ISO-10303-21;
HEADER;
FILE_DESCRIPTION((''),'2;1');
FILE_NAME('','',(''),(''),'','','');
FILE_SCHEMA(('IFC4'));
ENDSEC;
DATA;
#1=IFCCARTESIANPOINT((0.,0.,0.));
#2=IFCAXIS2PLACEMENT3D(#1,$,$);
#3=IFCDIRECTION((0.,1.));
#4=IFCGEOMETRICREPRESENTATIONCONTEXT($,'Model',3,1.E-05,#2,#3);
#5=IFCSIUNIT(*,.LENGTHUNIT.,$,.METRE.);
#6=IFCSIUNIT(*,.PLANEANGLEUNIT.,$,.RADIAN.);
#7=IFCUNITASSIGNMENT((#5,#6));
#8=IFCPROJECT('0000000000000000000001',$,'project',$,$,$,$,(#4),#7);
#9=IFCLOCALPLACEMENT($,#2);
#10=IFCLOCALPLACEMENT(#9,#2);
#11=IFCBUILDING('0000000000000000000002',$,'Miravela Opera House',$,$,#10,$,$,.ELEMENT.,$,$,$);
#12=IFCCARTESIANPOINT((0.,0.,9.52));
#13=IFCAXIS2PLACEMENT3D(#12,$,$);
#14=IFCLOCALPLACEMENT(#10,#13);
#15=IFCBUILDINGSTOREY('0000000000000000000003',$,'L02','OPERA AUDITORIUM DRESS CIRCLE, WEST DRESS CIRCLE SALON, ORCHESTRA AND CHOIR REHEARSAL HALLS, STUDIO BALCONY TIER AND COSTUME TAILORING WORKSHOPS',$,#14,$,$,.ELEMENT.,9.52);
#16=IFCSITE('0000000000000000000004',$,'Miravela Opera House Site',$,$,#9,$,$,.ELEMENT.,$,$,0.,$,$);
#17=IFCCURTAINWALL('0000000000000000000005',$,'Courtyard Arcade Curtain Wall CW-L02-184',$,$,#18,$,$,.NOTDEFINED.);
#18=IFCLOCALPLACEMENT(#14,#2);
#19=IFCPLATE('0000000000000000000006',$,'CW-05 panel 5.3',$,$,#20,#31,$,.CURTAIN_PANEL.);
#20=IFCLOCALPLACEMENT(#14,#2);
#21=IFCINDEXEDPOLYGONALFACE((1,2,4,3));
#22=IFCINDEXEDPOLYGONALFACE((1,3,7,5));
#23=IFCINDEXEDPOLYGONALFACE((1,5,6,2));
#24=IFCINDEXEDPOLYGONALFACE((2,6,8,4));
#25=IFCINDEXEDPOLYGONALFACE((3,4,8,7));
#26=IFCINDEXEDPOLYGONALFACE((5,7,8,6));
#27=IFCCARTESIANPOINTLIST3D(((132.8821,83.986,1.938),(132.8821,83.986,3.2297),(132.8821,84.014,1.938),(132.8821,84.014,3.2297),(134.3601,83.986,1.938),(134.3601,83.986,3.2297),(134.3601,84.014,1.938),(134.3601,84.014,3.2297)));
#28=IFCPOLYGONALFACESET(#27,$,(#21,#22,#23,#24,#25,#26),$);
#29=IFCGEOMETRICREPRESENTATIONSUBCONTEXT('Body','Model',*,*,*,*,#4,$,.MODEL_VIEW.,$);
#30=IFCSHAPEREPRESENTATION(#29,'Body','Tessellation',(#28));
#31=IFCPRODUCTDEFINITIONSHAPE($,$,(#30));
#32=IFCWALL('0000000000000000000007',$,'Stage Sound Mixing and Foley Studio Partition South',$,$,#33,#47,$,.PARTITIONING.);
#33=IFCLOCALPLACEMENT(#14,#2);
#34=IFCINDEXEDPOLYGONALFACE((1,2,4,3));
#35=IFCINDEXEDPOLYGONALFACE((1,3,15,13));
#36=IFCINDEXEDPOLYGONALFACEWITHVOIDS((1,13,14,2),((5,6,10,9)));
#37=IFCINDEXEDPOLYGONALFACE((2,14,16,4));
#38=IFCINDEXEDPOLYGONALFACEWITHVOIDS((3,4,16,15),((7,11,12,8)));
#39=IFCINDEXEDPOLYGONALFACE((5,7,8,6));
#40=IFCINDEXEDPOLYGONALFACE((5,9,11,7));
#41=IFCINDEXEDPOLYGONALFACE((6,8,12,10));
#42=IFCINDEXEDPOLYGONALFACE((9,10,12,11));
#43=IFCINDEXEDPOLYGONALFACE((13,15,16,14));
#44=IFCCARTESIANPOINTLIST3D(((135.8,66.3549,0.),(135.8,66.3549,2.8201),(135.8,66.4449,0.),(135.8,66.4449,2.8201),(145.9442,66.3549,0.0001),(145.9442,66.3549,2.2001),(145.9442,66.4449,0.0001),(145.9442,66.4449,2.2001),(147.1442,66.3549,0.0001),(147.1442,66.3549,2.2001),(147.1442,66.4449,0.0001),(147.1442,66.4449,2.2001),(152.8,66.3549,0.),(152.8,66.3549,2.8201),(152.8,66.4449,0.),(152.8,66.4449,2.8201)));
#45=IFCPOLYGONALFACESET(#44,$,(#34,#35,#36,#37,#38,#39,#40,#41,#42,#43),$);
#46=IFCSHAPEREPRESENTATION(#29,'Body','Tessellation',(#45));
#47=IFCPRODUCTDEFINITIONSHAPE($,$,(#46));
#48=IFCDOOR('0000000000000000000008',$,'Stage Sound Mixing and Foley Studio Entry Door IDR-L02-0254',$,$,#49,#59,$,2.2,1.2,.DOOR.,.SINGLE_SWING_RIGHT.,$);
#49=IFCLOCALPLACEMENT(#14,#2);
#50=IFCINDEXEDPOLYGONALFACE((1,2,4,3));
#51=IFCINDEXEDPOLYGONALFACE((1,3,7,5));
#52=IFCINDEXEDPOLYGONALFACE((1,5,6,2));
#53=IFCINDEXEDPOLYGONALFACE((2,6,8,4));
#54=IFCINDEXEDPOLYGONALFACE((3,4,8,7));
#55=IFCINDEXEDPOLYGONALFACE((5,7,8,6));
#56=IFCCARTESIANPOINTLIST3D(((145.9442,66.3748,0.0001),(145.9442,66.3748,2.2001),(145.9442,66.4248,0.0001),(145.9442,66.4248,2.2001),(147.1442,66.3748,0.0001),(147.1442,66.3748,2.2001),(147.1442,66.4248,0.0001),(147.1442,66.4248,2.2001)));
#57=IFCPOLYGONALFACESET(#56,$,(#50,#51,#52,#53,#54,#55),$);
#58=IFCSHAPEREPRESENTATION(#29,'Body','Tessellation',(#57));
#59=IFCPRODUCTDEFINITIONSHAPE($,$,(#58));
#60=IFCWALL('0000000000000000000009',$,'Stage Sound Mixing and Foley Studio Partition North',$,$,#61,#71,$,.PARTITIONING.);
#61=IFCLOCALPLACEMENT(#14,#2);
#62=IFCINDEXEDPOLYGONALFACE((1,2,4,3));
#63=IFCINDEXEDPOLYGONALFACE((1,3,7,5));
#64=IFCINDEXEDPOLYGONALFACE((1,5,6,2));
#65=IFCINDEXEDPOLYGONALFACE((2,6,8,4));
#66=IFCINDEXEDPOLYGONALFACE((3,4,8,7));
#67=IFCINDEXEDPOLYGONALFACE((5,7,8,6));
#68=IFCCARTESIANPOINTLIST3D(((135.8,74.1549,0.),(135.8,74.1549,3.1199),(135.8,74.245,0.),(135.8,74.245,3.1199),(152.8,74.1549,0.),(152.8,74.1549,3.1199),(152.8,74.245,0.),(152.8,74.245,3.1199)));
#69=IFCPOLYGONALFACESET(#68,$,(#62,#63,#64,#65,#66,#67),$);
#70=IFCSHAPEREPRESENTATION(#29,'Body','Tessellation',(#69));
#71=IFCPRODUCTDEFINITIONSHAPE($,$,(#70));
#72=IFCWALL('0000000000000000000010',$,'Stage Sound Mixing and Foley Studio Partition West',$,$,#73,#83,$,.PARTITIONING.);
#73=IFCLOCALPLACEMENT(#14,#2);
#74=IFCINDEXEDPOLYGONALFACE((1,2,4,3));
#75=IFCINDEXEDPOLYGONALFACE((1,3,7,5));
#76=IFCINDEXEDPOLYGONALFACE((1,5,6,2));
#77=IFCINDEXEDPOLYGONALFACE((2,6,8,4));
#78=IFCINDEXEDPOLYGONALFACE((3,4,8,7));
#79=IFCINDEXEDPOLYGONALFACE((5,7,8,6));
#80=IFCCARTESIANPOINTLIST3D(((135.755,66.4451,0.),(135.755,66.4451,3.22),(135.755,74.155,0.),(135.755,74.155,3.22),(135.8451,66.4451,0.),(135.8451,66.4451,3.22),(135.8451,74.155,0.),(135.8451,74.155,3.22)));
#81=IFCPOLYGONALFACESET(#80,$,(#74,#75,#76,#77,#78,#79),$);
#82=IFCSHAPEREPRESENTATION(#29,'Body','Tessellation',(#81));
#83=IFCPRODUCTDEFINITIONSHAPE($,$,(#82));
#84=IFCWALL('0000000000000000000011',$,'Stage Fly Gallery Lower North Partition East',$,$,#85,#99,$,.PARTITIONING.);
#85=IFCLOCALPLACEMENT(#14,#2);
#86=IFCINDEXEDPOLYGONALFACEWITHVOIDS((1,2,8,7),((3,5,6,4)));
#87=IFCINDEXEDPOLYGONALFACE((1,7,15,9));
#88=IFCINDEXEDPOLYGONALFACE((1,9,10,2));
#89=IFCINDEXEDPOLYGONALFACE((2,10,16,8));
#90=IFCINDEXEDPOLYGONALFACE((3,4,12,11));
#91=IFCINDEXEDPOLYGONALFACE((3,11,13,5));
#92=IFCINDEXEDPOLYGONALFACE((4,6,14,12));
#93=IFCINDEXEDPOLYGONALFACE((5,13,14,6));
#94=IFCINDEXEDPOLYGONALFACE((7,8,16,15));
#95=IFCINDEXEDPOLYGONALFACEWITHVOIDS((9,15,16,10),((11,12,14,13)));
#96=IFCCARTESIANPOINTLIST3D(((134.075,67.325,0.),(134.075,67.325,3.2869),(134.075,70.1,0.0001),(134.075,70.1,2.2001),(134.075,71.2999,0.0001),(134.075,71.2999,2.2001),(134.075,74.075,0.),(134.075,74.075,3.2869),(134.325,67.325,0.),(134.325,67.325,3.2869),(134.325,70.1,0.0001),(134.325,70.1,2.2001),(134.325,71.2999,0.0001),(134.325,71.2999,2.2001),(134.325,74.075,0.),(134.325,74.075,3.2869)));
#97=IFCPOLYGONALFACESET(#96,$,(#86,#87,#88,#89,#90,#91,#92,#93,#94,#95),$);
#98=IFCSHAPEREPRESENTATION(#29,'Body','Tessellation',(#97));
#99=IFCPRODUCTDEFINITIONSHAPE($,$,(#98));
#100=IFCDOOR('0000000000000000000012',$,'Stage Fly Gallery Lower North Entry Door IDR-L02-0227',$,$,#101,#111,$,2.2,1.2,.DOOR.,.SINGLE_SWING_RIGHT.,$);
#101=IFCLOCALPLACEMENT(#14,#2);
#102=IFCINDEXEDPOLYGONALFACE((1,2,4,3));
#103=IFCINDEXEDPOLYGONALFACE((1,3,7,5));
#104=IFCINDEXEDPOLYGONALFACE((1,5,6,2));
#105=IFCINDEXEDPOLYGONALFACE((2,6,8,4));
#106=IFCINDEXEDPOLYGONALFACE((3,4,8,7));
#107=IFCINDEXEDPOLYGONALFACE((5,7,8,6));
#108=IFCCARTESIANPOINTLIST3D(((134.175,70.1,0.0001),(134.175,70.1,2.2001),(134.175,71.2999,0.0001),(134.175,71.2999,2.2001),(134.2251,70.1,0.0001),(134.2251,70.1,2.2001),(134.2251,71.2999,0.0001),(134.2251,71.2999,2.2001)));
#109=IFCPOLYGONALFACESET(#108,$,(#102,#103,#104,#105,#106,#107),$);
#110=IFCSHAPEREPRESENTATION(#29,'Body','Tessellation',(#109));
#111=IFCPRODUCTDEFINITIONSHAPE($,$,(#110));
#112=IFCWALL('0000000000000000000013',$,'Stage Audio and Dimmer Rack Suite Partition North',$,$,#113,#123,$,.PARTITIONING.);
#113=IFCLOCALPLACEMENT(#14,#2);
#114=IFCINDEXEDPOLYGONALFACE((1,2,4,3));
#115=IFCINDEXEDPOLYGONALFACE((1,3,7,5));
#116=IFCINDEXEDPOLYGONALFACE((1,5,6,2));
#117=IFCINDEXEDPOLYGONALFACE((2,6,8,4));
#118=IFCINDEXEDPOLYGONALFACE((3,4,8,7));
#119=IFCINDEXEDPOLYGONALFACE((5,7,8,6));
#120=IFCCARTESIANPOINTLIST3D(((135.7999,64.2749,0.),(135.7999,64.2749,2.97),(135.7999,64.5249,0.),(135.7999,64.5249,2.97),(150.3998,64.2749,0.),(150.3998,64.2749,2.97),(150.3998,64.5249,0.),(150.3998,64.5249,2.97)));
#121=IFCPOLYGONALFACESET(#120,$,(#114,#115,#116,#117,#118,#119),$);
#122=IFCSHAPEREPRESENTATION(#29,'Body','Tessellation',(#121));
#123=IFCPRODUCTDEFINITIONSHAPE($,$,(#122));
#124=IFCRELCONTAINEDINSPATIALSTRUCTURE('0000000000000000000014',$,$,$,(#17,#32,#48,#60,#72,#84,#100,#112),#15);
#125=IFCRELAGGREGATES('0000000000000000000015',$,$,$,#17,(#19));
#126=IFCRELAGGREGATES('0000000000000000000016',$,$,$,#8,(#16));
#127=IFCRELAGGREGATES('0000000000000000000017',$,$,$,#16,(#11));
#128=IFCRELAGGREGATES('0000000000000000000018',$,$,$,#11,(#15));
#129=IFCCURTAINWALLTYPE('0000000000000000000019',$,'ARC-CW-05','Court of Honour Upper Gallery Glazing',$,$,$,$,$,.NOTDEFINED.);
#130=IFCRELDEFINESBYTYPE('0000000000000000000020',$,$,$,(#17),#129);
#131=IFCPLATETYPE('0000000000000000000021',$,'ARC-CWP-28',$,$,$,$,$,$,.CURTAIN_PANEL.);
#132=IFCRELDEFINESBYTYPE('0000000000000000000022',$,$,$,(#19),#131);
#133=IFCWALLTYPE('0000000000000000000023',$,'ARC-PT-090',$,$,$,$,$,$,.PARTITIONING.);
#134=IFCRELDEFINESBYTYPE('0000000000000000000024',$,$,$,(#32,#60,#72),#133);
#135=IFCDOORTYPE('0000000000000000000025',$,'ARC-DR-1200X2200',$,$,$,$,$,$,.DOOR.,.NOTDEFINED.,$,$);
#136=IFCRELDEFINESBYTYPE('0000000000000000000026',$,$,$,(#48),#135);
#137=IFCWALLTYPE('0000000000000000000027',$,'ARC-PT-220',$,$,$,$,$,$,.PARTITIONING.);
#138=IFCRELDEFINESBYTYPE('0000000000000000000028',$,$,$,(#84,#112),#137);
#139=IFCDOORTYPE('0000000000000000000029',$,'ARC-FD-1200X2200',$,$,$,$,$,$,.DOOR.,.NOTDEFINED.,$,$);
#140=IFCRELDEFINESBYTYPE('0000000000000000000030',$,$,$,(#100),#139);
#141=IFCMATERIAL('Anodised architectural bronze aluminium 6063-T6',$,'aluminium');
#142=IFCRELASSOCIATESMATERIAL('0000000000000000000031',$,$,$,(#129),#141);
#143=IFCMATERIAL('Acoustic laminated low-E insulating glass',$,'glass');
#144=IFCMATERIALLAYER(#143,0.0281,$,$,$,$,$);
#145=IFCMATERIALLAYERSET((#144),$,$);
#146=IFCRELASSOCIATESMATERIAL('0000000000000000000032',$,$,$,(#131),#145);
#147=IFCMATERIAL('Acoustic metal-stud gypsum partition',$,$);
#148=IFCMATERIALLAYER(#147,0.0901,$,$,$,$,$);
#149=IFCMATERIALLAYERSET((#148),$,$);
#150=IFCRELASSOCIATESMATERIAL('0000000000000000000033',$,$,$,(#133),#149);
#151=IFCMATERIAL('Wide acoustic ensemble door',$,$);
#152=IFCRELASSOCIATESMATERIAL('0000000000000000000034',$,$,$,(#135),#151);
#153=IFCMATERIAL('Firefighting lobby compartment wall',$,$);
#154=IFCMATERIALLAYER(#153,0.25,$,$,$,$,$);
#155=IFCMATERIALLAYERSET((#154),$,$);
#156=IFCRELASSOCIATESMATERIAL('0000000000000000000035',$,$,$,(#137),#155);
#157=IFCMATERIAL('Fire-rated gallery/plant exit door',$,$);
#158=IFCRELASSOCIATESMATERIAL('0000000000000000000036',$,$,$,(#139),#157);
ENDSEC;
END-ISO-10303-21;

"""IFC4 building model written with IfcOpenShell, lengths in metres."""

from ifc_helpers import new_model, si_unit, direction, frame, frame_2d, origin, origin_2d, place, context, subcontext, project, spatial, rectangle, extrude, material, layer, layer_set, type_object, element, fill, aggregate, save


model = new_model("IFC4")

# Units and contexts
model_context = context("Model", 3, precision=1e-05, world=origin(), true_north=direction((0.0, 1.0)))
body_context = subcontext(model_context, "Body", "Model", "MODEL_VIEW")
ifc_project = project(units=[si_unit("LENGTHUNIT", "METRE"), si_unit("PLANEANGLEUNIT", "RADIAN")], contexts=[model_context])

# Site, building, storey
site_placement = place(None, origin())
site = spatial("IfcSite", under=ifc_project, at=site_placement, Name="Miravela Opera House Site", CompositionType="ELEMENT", RefElevation=0.0)
building_placement = place(site_placement, origin())
building = spatial("IfcBuilding", under=site, at=building_placement, Name="Miravela Opera House", CompositionType="ELEMENT")
storey_placement = place(building_placement, frame((0.0, 0.0, 9.52)))
storey = spatial("IfcBuildingStorey", under=building, at=storey_placement, Name="L02", Description="OPERA AUDITORIUM DRESS CIRCLE, WEST DRESS CIRCLE SALON, ORCHESTRA AND CHOIR REHEARSAL HALLS, STUDIO BALCONY TIER AND COSTUME TAILORING WORKSHOPS", CompositionType="ELEMENT", Elevation=9.52)

# Curtain wall
ifc_material_1 = material(Name="Anodised architectural bronze aluminium 6063-T6", Category="aluminium")
curtain_wall_type = type_object("IfcCurtainWallType", Name="ARC-CW-05", Description="Court of Honour Upper Gallery Glazing", PredefinedType="NOTDEFINED", material=ifc_material_1)
curtain_wall_placement = place(storey_placement, origin())
curtain_wall = element("IfcCurtainWall", 1, at=curtain_wall_placement, inside=storey, type_object=curtain_wall_type, Name="Courtyard Arcade Curtain Wall CW-L02-184", PredefinedType="NOTDEFINED")

# Plate
ifc_material_2 = material(Name="Acoustic laminated low-E insulating glass", Category="glass")
ifc_layer_1 = layer(ifc_material_2, 0.0281)
ifc_layer_set_1 = layer_set([ifc_layer_1])
plate_type = type_object("IfcPlateType", Name="ARC-CWP-28", PredefinedType="CURTAIN_PANEL", material=ifc_layer_set_1)
plate_1_placement = place(storey_placement, frame((133.6211, 84.0, 1.938), z_axis=(0.0, 0.0, 1.0), x_axis=(1.0, 0.0, 0.0)))
plate_1 = element("IfcPlate", 2, at=plate_1_placement, type_object=plate_type, Name="CW-05 panel 5.3", PredefinedType="CURTAIN_PANEL", context=body_context, shape_type="SweptSolid", body=[
    extrude(rectangle(XDim=1.478, YDim=0.0281, at=origin_2d()), origin(), (0.0, 0.0, 1.0), 1.2917),
])
aggregate(curtain_wall, [plate_1])

# Wall, opening, door
ifc_material_3 = material(Name="Acoustic metal-stud gypsum partition")
ifc_layer_2 = layer(ifc_material_3, 0.0901)
ifc_layer_set_2 = layer_set([ifc_layer_2])
wall_type_1 = type_object("IfcWallType", Name="ARC-PT-090", PredefinedType="PARTITIONING", material=ifc_layer_set_2)
wall_1_placement = place(storey_placement, frame((135.8, 66.3999, 0.0), z_axis=(0.0, 0.0, 1.0), x_axis=(1.0, 0.0, 0.0)))
wall_1 = element("IfcWall", 3, at=wall_1_placement, inside=storey, type_object=wall_type_1, Name="Stage Sound Mixing and Foley Studio Partition South", PredefinedType="PARTITIONING", context=body_context, shape_type="SweptSolid", body=[
    extrude(rectangle(XDim=17.0, YDim=0.0901, at=frame_2d((8.5, 0.0))), origin(), (0.0, 0.0, 1.0), 2.8201),
])
opening_1_placement = place(wall_1_placement, frame((10.144, 0.0, 0.0)))
opening_1 = element("IfcOpeningElement", 4, at=opening_1_placement, cuts=wall_1, PredefinedType="OPENING", context=body_context, shape_type="SweptSolid", body=[
    extrude(rectangle(XDim=1.2, YDim=2.2, at=frame_2d((0.6001, 1.1001))), frame((0.0, 0.0549, 0.0), z_axis=(0.0, -1.0, 0.0), x_axis=(1.0, 0.0, 0.0)), (0.0, 0.0, 1.0), 0.1101),
])
ifc_material_4 = material(Name="Wide acoustic ensemble door")
door_type_1 = type_object("IfcDoorType", Name="ARC-DR-1200X2200", OperationType="NOTDEFINED", PredefinedType="DOOR", material=ifc_material_4)
door_1_placement = place(opening_1_placement, origin())
door_1 = element("IfcDoor", 5, at=door_1_placement, inside=storey, type_object=door_type_1, Name="Stage Sound Mixing and Foley Studio Entry Door IDR-L02-0254", OperationType="SINGLE_SWING_RIGHT", OverallHeight=2.2, OverallWidth=1.2, PredefinedType="DOOR", context=body_context, shape_type="SweptSolid", body=[
    extrude(rectangle(XDim=1.2, YDim=2.2, at=frame_2d((0.6001, 1.1001))), frame((0.0, 0.0249, 0.0), z_axis=(0.0, -1.0, 0.0), x_axis=(1.0, 0.0, 0.0)), (0.0, 0.0, 1.0), 0.05),
])
fill(opening_1, door_1)

# Walls
wall_2_placement = place(storey_placement, frame((135.8, 74.2, 0.0), z_axis=(0.0, 0.0, 1.0), x_axis=(1.0, 0.0, 0.0)))
element("IfcWall", 6, at=wall_2_placement, inside=storey, type_object=wall_type_1, Name="Stage Sound Mixing and Foley Studio Partition North", PredefinedType="PARTITIONING", context=body_context, shape_type="SweptSolid", body=[
    extrude(rectangle(XDim=17.0, YDim=0.0901, at=frame_2d((8.5, 0.0))), origin(), (0.0, 0.0, 1.0), 3.1199),
])
wall_3_placement = place(storey_placement, frame((135.8, 66.4451, 0.0), z_axis=(0.0, 0.0, 1.0), x_axis=(0.0, 1.0, 0.0)))
element("IfcWall", 7, at=wall_3_placement, inside=storey, type_object=wall_type_1, Name="Stage Sound Mixing and Foley Studio Partition West", PredefinedType="PARTITIONING", context=body_context, shape_type="SweptSolid", body=[
    extrude(rectangle(XDim=7.71, YDim=0.0901, at=frame_2d((3.855, 0.0))), origin(), (0.0, 0.0, 1.0), 3.22),
])

# Wall, opening, door
ifc_material_5 = material(Name="Firefighting lobby compartment wall")
ifc_layer_3 = layer(ifc_material_5, 0.25)
ifc_layer_set_3 = layer_set([ifc_layer_3])
wall_type_2 = type_object("IfcWallType", Name="ARC-PT-220", PredefinedType="PARTITIONING", material=ifc_layer_set_3)
wall_4_placement = place(storey_placement, frame((134.2, 67.325, 0.0), z_axis=(0.0, 0.0, 1.0), x_axis=(0.0, 1.0, 0.0)))
wall_4 = element("IfcWall", 8, at=wall_4_placement, inside=storey, type_object=wall_type_2, Name="Stage Fly Gallery Lower North Partition East", PredefinedType="PARTITIONING", context=body_context, shape_type="SweptSolid", body=[
    extrude(rectangle(XDim=6.75, YDim=0.25, at=frame_2d((3.375, 0.0))), origin(), (0.0, 0.0, 1.0), 3.2869),
])
opening_2_placement = place(wall_4_placement, frame((2.7749, 0.0, 0.0)))
opening_2 = element("IfcOpeningElement", 9, at=opening_2_placement, cuts=wall_4, PredefinedType="OPENING", context=body_context, shape_type="SweptSolid", body=[
    extrude(rectangle(XDim=1.2, YDim=2.2, at=frame_2d((0.6001, 1.1001))), frame((0.0, 0.135, 0.0), z_axis=(0.0, -1.0, 0.0), x_axis=(1.0, 0.0, 0.0)), (0.0, 0.0, 1.0), 0.27),
])
ifc_material_6 = material(Name="Fire-rated gallery/plant exit door")
door_type_2 = type_object("IfcDoorType", Name="ARC-FD-1200X2200", OperationType="NOTDEFINED", PredefinedType="DOOR", material=ifc_material_6)
door_2_placement = place(opening_2_placement, origin())
door_2 = element("IfcDoor", 10, at=door_2_placement, inside=storey, type_object=door_type_2, Name="Stage Fly Gallery Lower North Entry Door IDR-L02-0227", OperationType="SINGLE_SWING_RIGHT", OverallHeight=2.2, OverallWidth=1.2, PredefinedType="DOOR", context=body_context, shape_type="SweptSolid", body=[
    extrude(rectangle(XDim=1.2, YDim=2.2, at=frame_2d((0.6001, 1.1001))), frame((0.0, 0.0249, 0.0), z_axis=(0.0, -1.0, 0.0), x_axis=(1.0, 0.0, 0.0)), (0.0, 0.0, 1.0), 0.05),
])
fill(opening_2, door_2)

# Wall
wall_5_placement = place(storey_placement, frame((135.8, 64.3999, 0.0), z_axis=(0.0, 0.0, 1.0), x_axis=(1.0, 0.0, 0.0)))
element("IfcWall", 11, at=wall_5_placement, inside=storey, type_object=wall_type_2, Name="Stage Audio and Dimmer Rack Suite Partition North", PredefinedType="PARTITIONING", context=body_context, shape_type="SweptSolid", body=[
    extrude(rectangle(XDim=14.5999, YDim=0.25, at=frame_2d((7.2998, 0.0))), origin(), (0.0, 0.0, 1.0), 2.97),
])

save(model, "model.ifc")
